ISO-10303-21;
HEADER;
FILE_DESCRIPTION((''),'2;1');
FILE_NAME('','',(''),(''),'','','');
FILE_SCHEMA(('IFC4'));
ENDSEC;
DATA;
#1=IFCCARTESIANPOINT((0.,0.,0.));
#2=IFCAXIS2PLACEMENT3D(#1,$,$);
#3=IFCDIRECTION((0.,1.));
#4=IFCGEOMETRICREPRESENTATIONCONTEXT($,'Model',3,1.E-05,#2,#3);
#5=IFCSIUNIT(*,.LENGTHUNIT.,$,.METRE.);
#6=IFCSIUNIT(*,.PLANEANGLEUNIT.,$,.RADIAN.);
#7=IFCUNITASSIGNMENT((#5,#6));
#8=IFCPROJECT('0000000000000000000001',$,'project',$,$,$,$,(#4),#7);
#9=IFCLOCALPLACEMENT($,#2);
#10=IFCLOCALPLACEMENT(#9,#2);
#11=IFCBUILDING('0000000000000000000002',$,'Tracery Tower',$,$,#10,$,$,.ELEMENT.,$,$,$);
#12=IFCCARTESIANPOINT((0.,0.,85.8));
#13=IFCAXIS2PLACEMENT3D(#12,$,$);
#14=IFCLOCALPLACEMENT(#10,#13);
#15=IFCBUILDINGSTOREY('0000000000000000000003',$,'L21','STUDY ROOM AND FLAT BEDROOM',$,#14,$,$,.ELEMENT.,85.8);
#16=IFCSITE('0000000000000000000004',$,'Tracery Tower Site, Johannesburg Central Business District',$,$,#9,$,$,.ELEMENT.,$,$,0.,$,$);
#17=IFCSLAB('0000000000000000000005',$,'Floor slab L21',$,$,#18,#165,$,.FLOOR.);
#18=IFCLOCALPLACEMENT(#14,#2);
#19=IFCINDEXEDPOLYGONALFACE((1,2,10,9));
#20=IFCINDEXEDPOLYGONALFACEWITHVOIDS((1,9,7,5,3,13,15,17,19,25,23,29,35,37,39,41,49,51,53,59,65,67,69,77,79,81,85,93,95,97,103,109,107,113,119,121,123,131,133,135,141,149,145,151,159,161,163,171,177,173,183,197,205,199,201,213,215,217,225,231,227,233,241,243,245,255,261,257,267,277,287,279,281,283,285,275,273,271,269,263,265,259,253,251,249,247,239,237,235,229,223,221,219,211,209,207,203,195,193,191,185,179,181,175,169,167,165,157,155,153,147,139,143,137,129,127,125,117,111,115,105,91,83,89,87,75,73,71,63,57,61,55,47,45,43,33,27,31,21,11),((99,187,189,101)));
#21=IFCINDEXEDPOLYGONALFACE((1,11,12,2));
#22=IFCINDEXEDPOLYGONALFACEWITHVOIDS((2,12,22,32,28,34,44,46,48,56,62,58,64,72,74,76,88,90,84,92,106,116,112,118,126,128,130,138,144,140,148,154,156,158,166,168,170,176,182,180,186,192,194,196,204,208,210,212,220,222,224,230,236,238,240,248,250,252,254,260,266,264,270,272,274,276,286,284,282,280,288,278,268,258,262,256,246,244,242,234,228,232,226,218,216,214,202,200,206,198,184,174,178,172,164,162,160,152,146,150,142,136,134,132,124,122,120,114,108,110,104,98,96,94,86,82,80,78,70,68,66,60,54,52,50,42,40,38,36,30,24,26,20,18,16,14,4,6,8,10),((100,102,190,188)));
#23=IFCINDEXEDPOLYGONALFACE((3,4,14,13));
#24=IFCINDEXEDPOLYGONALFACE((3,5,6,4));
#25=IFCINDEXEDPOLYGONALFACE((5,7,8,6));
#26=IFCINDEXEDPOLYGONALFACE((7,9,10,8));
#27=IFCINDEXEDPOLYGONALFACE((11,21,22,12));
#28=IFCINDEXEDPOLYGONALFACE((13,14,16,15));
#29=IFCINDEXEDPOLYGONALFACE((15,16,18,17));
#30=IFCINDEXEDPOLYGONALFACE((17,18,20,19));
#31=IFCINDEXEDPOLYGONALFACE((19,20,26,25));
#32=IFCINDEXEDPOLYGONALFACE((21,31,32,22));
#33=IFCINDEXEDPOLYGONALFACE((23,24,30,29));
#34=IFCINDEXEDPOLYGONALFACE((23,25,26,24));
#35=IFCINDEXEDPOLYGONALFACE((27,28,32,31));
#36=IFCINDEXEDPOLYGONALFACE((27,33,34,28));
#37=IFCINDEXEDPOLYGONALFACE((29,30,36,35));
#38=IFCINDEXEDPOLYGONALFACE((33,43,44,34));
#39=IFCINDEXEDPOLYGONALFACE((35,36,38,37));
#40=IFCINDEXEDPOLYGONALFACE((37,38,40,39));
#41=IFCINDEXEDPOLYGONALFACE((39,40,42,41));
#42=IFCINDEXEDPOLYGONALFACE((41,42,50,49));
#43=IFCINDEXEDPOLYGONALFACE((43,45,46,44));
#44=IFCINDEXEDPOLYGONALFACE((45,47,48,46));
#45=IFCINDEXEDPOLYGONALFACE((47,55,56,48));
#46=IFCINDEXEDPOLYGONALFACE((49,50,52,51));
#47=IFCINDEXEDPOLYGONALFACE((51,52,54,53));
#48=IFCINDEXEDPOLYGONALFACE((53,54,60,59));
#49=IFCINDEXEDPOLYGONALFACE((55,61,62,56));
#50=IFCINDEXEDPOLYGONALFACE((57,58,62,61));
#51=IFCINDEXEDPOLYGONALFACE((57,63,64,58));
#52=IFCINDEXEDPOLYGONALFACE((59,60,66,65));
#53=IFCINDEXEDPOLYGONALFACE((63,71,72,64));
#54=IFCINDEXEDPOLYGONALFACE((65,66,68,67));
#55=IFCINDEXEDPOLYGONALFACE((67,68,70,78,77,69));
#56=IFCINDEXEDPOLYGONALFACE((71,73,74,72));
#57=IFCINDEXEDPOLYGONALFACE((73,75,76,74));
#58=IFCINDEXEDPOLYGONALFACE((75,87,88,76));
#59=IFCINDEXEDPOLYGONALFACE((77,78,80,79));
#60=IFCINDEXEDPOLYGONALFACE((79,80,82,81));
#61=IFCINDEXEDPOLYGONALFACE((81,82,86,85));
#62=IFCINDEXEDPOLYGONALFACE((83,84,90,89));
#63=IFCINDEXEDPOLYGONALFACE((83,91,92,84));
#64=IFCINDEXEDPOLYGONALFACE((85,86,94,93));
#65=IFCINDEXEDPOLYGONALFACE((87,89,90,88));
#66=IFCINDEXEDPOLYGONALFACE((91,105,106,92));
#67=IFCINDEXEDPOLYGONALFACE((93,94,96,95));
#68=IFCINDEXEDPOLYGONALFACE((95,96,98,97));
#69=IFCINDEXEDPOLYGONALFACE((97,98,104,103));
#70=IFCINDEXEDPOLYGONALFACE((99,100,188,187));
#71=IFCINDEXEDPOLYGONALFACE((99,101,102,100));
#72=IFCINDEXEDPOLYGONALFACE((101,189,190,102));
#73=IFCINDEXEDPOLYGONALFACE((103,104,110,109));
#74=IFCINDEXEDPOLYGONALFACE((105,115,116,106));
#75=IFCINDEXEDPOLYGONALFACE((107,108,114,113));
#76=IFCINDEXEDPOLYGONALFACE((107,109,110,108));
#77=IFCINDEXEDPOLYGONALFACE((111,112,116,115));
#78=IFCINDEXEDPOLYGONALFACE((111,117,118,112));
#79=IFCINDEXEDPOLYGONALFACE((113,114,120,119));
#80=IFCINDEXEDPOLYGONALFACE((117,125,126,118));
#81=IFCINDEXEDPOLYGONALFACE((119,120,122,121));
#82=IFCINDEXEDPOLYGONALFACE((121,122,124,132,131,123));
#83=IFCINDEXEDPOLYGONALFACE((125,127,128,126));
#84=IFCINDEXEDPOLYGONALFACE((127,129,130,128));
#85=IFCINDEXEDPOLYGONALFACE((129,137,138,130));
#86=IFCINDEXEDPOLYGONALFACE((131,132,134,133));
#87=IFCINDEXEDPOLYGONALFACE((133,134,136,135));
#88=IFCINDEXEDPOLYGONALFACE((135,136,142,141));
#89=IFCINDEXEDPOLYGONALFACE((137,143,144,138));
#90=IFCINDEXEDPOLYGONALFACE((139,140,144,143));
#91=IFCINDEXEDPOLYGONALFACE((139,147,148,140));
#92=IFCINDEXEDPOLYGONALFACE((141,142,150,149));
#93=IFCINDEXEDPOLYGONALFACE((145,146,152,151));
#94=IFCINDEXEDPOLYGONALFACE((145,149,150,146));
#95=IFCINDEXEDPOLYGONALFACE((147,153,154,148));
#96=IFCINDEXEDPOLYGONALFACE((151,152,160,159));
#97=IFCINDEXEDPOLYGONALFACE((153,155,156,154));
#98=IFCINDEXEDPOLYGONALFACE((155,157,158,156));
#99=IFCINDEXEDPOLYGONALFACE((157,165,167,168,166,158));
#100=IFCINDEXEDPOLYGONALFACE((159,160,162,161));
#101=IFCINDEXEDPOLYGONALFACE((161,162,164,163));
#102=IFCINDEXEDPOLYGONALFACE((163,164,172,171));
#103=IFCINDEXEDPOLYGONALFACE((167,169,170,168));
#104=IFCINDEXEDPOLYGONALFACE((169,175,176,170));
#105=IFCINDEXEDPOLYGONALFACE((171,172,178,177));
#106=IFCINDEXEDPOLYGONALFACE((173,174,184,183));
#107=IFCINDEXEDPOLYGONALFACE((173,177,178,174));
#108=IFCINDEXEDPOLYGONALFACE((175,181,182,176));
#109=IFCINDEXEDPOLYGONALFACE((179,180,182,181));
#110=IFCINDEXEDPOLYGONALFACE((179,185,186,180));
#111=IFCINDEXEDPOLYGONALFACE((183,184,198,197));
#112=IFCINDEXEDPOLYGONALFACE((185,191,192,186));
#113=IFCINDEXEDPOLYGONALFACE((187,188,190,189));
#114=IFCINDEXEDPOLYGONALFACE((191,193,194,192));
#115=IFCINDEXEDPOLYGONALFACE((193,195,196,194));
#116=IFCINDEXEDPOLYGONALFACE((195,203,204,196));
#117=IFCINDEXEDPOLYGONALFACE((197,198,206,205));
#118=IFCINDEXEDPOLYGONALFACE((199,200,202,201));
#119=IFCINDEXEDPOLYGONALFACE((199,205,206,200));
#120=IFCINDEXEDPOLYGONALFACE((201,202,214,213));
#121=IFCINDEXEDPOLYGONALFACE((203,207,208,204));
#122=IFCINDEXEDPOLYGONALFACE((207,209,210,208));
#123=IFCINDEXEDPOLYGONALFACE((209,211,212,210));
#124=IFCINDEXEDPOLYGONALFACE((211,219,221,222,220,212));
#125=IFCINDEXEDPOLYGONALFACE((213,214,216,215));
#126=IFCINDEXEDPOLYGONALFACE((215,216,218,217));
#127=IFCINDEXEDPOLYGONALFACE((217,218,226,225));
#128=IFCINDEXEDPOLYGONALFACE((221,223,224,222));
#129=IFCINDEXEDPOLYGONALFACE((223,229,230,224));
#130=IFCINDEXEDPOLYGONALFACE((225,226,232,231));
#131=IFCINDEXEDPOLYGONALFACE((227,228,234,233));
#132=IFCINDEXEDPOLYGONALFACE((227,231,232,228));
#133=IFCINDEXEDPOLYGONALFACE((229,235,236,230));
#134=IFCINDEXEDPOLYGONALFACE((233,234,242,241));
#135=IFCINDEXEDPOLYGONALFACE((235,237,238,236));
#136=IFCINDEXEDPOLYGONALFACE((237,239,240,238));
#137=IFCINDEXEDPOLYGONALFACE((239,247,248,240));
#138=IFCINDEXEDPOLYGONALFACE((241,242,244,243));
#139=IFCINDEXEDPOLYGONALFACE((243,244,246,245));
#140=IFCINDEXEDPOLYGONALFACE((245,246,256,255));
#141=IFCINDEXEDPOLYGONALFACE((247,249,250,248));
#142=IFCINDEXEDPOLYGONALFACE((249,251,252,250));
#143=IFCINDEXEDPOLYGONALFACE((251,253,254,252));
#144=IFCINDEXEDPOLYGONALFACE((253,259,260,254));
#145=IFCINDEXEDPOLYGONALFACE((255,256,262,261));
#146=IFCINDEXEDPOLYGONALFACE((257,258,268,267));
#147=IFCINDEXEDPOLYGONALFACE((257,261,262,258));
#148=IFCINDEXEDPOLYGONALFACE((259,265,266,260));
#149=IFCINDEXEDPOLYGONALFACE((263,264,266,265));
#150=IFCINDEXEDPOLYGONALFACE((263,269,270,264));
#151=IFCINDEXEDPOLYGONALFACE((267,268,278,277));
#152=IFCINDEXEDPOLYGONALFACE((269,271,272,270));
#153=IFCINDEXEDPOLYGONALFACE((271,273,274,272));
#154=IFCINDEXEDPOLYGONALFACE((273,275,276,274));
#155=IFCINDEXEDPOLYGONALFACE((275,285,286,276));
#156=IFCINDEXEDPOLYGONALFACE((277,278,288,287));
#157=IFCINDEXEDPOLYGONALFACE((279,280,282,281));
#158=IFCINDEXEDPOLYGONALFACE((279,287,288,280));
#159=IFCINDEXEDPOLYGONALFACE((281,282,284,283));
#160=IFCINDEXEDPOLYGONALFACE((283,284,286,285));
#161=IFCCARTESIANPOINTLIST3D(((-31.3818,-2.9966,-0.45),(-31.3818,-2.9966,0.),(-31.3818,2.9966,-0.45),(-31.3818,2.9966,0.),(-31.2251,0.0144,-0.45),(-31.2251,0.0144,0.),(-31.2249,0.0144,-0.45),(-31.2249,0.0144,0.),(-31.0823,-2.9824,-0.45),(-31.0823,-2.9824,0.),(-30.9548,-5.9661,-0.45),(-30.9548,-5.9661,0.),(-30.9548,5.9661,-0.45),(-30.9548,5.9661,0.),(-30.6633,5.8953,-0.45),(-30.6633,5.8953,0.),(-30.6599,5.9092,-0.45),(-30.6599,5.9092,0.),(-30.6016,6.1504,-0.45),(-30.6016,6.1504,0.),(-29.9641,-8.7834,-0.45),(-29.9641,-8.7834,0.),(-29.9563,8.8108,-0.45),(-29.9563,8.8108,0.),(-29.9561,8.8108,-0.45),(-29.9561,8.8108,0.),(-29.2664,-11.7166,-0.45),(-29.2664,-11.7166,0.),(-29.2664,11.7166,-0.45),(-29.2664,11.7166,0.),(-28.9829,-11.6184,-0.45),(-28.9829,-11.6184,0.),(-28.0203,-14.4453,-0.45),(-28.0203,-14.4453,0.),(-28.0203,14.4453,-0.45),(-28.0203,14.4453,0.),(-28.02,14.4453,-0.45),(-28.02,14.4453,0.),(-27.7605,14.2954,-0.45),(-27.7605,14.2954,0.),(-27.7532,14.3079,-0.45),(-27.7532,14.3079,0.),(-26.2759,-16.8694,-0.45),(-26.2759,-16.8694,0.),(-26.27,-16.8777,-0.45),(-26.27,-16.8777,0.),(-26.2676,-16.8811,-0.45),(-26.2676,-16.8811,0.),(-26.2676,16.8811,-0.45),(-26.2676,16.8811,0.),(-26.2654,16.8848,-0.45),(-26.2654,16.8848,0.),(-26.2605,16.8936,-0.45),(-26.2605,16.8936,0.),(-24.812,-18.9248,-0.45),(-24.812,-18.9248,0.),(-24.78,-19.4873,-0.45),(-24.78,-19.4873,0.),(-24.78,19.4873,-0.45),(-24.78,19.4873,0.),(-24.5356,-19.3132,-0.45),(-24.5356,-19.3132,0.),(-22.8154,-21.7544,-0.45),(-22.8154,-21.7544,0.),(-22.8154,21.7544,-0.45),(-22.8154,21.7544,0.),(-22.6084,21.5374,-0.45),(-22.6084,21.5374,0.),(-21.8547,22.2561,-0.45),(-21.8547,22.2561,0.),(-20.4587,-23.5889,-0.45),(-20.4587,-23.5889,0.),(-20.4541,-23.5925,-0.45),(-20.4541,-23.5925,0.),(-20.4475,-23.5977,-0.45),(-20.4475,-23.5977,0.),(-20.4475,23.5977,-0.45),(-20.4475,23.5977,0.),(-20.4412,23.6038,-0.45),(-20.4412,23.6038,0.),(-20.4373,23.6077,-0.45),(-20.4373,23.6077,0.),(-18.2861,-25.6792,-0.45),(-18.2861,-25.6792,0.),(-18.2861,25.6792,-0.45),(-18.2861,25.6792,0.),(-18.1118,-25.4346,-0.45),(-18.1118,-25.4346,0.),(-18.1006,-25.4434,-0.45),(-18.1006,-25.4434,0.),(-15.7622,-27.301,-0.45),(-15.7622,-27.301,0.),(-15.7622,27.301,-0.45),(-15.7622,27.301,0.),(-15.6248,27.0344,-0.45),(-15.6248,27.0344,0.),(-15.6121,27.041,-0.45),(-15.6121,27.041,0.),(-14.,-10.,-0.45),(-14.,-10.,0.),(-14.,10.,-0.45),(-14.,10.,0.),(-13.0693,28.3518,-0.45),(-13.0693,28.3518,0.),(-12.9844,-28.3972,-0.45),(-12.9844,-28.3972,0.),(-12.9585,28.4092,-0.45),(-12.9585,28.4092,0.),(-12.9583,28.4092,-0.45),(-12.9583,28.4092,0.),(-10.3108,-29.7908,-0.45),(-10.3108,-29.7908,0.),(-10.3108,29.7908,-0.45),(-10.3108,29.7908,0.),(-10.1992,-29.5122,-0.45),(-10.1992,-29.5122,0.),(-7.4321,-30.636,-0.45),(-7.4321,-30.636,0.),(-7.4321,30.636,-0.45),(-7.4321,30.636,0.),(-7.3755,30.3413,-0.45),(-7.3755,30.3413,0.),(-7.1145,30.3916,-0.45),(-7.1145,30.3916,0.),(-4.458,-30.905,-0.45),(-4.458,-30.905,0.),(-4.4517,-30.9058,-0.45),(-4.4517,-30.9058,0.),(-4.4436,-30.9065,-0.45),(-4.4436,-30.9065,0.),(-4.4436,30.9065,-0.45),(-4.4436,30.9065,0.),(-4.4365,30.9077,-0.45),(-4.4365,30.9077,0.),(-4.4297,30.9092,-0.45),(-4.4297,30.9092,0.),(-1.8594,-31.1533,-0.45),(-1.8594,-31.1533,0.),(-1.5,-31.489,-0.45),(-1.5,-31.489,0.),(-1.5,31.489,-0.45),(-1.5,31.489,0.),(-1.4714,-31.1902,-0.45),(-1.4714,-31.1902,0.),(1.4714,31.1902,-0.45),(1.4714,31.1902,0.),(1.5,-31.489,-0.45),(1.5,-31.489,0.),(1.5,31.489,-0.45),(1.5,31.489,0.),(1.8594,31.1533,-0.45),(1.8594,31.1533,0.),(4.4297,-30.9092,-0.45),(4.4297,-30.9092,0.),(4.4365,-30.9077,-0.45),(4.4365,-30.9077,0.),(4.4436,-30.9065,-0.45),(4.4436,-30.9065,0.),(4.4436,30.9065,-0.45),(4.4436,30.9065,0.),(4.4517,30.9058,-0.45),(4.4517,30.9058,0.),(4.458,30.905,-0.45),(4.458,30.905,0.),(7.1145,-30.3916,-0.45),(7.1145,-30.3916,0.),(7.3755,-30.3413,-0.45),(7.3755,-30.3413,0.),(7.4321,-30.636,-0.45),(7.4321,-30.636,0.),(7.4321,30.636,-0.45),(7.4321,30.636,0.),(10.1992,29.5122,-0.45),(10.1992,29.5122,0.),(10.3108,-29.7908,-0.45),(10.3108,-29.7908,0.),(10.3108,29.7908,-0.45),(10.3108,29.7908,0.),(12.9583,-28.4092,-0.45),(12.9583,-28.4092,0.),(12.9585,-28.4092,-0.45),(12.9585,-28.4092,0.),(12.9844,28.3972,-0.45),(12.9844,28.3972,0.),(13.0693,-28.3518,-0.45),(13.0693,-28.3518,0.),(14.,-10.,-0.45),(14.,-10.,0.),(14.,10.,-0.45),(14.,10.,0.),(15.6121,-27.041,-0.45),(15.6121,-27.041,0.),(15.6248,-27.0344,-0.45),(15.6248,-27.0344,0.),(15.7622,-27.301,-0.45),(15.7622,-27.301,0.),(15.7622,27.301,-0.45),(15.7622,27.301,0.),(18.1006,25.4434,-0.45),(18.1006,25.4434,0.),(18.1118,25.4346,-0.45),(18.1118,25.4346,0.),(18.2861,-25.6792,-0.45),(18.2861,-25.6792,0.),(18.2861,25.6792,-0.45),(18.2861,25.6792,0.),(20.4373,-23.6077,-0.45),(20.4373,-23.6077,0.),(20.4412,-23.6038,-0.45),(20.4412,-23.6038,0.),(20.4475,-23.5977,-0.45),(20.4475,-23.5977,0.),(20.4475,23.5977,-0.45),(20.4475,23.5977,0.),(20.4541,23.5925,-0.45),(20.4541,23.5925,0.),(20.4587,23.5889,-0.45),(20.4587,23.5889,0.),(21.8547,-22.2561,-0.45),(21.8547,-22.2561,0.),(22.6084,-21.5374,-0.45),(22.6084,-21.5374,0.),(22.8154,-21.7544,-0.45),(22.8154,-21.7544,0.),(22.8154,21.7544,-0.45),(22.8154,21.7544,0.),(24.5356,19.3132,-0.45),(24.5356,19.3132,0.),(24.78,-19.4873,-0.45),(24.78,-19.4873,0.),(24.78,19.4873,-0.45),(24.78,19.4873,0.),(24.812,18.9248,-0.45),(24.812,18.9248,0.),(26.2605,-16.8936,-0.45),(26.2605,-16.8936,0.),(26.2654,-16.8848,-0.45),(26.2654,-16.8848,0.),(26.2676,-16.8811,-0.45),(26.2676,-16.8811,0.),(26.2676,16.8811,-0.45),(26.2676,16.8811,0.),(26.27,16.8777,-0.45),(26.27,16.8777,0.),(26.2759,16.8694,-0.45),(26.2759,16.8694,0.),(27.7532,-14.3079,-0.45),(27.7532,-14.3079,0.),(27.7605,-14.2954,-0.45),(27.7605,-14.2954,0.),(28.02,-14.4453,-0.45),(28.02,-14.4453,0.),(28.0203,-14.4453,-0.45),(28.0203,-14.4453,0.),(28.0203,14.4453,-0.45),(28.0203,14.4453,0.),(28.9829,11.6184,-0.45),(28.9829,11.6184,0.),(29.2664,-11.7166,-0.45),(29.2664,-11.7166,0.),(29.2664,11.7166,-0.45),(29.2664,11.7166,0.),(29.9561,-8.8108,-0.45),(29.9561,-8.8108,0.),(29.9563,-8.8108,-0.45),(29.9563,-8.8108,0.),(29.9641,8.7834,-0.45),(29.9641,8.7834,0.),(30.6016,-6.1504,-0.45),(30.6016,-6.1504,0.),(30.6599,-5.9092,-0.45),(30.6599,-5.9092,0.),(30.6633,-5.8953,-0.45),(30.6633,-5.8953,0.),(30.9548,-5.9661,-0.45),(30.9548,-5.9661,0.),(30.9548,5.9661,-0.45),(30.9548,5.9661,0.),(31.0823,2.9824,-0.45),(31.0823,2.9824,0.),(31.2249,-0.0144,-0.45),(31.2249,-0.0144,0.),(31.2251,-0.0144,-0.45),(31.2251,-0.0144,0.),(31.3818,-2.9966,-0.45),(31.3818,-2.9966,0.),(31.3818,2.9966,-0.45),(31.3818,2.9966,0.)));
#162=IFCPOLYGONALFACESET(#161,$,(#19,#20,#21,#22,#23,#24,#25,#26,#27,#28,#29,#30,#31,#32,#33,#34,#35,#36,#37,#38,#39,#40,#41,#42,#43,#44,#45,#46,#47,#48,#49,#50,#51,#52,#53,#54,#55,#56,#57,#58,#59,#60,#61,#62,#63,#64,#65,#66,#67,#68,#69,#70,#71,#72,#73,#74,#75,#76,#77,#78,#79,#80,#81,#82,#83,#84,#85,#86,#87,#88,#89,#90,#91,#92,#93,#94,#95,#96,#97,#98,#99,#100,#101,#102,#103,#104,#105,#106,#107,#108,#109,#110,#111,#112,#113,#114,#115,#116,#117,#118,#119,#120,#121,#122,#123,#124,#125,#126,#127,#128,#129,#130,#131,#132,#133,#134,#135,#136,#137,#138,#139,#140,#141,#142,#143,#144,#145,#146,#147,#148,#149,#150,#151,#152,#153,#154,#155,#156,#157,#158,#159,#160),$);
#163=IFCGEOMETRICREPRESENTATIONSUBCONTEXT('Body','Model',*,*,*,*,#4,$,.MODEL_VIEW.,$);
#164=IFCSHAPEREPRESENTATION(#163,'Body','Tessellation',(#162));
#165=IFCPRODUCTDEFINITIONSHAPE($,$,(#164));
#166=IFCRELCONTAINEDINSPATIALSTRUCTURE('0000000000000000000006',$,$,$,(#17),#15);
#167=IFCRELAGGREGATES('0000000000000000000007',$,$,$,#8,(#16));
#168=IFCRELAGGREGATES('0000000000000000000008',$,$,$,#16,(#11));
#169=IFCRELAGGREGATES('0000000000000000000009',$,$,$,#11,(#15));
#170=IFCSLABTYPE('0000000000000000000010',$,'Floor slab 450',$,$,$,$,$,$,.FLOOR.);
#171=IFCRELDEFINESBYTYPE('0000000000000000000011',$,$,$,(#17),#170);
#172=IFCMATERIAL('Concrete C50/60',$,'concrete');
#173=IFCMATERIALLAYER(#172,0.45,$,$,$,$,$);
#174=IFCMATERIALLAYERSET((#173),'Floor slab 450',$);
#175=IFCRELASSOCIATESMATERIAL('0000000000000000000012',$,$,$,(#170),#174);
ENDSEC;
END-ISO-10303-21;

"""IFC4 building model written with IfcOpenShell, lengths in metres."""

from ifc_helpers import new_model, si_unit, direction, frame, origin, place, context, subcontext, project, spatial, polyline, outline, extrude, material, layer, layer_set, type_object, element, save


model = new_model("IFC4")

# Units and contexts
model_context = context("Model", 3, precision=1e-05, world=origin(), true_north=direction((0.0, 1.0)))
body_context = subcontext(model_context, "Body", "Model", "MODEL_VIEW")
ifc_project = project(units=[si_unit("LENGTHUNIT", "METRE"), si_unit("PLANEANGLEUNIT", "RADIAN")], contexts=[model_context])

# Site, building, storey
site_placement = place(None, origin())
site = spatial("IfcSite", under=ifc_project, at=site_placement, Name="Tracery Tower Site, Johannesburg Central Business District", CompositionType="ELEMENT", RefElevation=0.0)
building_placement = place(site_placement, origin())
building = spatial("IfcBuilding", under=site, at=building_placement, Name="Tracery Tower", CompositionType="ELEMENT")
storey_placement = place(building_placement, frame((0.0, 0.0, 85.8)))
storey = spatial("IfcBuildingStorey", under=building, at=storey_placement, Name="L21", Description="STUDY ROOM AND FLAT BEDROOM", CompositionType="ELEMENT", Elevation=85.8)

# Slab
ifc_material_1 = material(Name="Concrete C50/60", Category="concrete")
ifc_layer_1 = layer(ifc_material_1, 0.45)
ifc_layer_set_1 = layer_set([ifc_layer_1], Name="Floor slab 450")
slab_type_1 = type_object("IfcSlabType", Name="Floor slab 450", PredefinedType="FLOOR", material=ifc_layer_set_1)
slab_1_placement = place(storey_placement, frame((0.0, 0.0, -0.45)))
element("IfcSlab", 1, at=slab_1_placement, inside=storey, type_object=slab_type_1, Name="Floor slab L21", PredefinedType="FLOOR", context=body_context, shape_type="SweptSolid", body=[
    extrude(outline(polyline([(29.9641, 8.7834), (29.9641, 8.7834), (28.9829, 11.6184), (29.2664, 11.7166), (28.0203, 14.4453), (26.2759, 16.8694), (26.2759, 16.8694), (26.27, 16.8777), (26.2676, 16.8811), (24.812, 18.9248), (24.5356, 19.3132), (24.78, 19.4873), (22.8154, 21.7544), (20.4587, 23.5889), (20.4587, 23.5889), (20.4541, 23.5925), (20.4475, 23.5977), (18.1118, 25.4346), (18.1118, 25.4346), (18.1006, 25.4434), (18.2861, 25.6792), (15.7622, 27.301), (12.9844, 28.3972), (12.9844, 28.3972), (10.1992, 29.5122), (10.3108, 29.7908), (7.4321, 30.636), (4.458, 30.905), (4.458, 30.905), (4.4517, 30.9058), (4.4436, 30.9065), (1.8594, 31.1533), (1.4714, 31.1902), (1.5, 31.489), (1.5, 31.489), (-1.5, 31.489), (-4.4297, 30.9092), (-4.4297, 30.9092), (-4.4365, 30.9077), (-4.4436, 30.9065), (-7.1145, 30.3916), (-7.3755, 30.3413), (-7.4321, 30.636), (-10.3108, 29.7908), (-12.9585, 28.4092), (-12.9583, 28.4092), (-13.0693, 28.3518), (-15.6121, 27.041), (-15.6121, 27.041), (-15.6248, 27.0344), (-15.7622, 27.301), (-15.7622, 27.301), (-18.2861, 25.6792), (-20.4373, 23.6077), (-20.4373, 23.6077), (-20.4412, 23.6038), (-20.4475, 23.5977), (-21.8547, 22.2561), (-22.6084, 21.5374), (-22.8154, 21.7544), (-24.78, 19.4873), (-26.2605, 16.8936), (-26.2605, 16.8936), (-26.2654, 16.8848), (-26.2676, 16.8811), (-27.7532, 14.3079), (-27.7532, 14.3079), (-27.7605, 14.2954), (-28.02, 14.4453), (-28.0203, 14.4453), (-29.2664, 11.7166), (-29.9563, 8.8108), (-29.9561, 8.8108), (-30.6016, 6.1504), (-30.6599, 5.9092), (-30.6599, 5.9092), (-30.6633, 5.8953), (-30.9548, 5.9661), (-31.3818, 2.9966), (-31.2251, 0.0144), (-31.2249, 0.0144), (-31.0823, -2.9824), (-31.3818, -2.9966), (-30.9548, -5.9661), (-29.9641, -8.7834), (-29.9641, -8.7834), (-28.9829, -11.6184), (-29.2664, -11.7166), (-28.0203, -14.4453), (-26.2759, -16.8694), (-26.2759, -16.8694), (-26.27, -16.8777), (-26.2676, -16.8811), (-24.812, -18.9248), (-24.5356, -19.3132), (-24.78, -19.4873), (-22.8154, -21.7544), (-20.4587, -23.5889), (-20.4587, -23.5889), (-20.4541, -23.5925), (-20.4475, -23.5977), (-18.1118, -25.4346), (-18.1118, -25.4346), (-18.1006, -25.4434), (-18.2861, -25.6792), (-15.7622, -27.301), (-12.9844, -28.3972), (-12.9844, -28.3972), (-10.1992, -29.5122), (-10.3108, -29.7908), (-7.4321, -30.636), (-4.458, -30.905), (-4.458, -30.905), (-4.4517, -30.9058), (-4.4436, -30.9065), (-1.8594, -31.1533), (-1.4714, -31.1902), (-1.5, -31.489), (-1.5, -31.489), (1.5, -31.489), (4.4297, -30.9092), (4.4297, -30.9092), (4.4365, -30.9077), (4.4436, -30.9065), (7.1145, -30.3916), (7.3755, -30.3413), (7.4321, -30.636), (10.3108, -29.7908), (12.9585, -28.4092), (12.9583, -28.4092), (13.0693, -28.3518), (15.6121, -27.041), (15.6121, -27.041), (15.6248, -27.0344), (15.7622, -27.301), (15.7622, -27.301), (18.2861, -25.6792), (20.4373, -23.6077), (20.4373, -23.6077), (20.4412, -23.6038), (20.4475, -23.5977), (21.8547, -22.2561), (22.6084, -21.5374), (22.8154, -21.7544), (24.78, -19.4873), (26.2605, -16.8936), (26.2605, -16.8936), (26.2654, -16.8848), (26.2676, -16.8811), (27.7532, -14.3079), (27.7532, -14.3079), (27.7605, -14.2954), (28.02, -14.4453), (28.0203, -14.4453), (29.2664, -11.7166), (29.9563, -8.8108), (29.9561, -8.8108), (30.6016, -6.1504), (30.6599, -5.9092), (30.6599, -5.9092), (30.6633, -5.8953), (30.9548, -5.9661), (31.3818, -2.9966), (31.2251, -0.0144), (31.2249, -0.0144), (31.0823, 2.9824), (31.3818, 2.9966), (30.9548, 5.9661), (29.9641, 8.7834)]), holes=[polyline([(-14.0, -10.0), (14.0, -10.0), (14.0, 10.0), (-14.0, 10.0), (-14.0, -10.0)])]), origin(), (0.0, 0.0, 1.0), 0.45),
])

save(model, "model.ifc")
